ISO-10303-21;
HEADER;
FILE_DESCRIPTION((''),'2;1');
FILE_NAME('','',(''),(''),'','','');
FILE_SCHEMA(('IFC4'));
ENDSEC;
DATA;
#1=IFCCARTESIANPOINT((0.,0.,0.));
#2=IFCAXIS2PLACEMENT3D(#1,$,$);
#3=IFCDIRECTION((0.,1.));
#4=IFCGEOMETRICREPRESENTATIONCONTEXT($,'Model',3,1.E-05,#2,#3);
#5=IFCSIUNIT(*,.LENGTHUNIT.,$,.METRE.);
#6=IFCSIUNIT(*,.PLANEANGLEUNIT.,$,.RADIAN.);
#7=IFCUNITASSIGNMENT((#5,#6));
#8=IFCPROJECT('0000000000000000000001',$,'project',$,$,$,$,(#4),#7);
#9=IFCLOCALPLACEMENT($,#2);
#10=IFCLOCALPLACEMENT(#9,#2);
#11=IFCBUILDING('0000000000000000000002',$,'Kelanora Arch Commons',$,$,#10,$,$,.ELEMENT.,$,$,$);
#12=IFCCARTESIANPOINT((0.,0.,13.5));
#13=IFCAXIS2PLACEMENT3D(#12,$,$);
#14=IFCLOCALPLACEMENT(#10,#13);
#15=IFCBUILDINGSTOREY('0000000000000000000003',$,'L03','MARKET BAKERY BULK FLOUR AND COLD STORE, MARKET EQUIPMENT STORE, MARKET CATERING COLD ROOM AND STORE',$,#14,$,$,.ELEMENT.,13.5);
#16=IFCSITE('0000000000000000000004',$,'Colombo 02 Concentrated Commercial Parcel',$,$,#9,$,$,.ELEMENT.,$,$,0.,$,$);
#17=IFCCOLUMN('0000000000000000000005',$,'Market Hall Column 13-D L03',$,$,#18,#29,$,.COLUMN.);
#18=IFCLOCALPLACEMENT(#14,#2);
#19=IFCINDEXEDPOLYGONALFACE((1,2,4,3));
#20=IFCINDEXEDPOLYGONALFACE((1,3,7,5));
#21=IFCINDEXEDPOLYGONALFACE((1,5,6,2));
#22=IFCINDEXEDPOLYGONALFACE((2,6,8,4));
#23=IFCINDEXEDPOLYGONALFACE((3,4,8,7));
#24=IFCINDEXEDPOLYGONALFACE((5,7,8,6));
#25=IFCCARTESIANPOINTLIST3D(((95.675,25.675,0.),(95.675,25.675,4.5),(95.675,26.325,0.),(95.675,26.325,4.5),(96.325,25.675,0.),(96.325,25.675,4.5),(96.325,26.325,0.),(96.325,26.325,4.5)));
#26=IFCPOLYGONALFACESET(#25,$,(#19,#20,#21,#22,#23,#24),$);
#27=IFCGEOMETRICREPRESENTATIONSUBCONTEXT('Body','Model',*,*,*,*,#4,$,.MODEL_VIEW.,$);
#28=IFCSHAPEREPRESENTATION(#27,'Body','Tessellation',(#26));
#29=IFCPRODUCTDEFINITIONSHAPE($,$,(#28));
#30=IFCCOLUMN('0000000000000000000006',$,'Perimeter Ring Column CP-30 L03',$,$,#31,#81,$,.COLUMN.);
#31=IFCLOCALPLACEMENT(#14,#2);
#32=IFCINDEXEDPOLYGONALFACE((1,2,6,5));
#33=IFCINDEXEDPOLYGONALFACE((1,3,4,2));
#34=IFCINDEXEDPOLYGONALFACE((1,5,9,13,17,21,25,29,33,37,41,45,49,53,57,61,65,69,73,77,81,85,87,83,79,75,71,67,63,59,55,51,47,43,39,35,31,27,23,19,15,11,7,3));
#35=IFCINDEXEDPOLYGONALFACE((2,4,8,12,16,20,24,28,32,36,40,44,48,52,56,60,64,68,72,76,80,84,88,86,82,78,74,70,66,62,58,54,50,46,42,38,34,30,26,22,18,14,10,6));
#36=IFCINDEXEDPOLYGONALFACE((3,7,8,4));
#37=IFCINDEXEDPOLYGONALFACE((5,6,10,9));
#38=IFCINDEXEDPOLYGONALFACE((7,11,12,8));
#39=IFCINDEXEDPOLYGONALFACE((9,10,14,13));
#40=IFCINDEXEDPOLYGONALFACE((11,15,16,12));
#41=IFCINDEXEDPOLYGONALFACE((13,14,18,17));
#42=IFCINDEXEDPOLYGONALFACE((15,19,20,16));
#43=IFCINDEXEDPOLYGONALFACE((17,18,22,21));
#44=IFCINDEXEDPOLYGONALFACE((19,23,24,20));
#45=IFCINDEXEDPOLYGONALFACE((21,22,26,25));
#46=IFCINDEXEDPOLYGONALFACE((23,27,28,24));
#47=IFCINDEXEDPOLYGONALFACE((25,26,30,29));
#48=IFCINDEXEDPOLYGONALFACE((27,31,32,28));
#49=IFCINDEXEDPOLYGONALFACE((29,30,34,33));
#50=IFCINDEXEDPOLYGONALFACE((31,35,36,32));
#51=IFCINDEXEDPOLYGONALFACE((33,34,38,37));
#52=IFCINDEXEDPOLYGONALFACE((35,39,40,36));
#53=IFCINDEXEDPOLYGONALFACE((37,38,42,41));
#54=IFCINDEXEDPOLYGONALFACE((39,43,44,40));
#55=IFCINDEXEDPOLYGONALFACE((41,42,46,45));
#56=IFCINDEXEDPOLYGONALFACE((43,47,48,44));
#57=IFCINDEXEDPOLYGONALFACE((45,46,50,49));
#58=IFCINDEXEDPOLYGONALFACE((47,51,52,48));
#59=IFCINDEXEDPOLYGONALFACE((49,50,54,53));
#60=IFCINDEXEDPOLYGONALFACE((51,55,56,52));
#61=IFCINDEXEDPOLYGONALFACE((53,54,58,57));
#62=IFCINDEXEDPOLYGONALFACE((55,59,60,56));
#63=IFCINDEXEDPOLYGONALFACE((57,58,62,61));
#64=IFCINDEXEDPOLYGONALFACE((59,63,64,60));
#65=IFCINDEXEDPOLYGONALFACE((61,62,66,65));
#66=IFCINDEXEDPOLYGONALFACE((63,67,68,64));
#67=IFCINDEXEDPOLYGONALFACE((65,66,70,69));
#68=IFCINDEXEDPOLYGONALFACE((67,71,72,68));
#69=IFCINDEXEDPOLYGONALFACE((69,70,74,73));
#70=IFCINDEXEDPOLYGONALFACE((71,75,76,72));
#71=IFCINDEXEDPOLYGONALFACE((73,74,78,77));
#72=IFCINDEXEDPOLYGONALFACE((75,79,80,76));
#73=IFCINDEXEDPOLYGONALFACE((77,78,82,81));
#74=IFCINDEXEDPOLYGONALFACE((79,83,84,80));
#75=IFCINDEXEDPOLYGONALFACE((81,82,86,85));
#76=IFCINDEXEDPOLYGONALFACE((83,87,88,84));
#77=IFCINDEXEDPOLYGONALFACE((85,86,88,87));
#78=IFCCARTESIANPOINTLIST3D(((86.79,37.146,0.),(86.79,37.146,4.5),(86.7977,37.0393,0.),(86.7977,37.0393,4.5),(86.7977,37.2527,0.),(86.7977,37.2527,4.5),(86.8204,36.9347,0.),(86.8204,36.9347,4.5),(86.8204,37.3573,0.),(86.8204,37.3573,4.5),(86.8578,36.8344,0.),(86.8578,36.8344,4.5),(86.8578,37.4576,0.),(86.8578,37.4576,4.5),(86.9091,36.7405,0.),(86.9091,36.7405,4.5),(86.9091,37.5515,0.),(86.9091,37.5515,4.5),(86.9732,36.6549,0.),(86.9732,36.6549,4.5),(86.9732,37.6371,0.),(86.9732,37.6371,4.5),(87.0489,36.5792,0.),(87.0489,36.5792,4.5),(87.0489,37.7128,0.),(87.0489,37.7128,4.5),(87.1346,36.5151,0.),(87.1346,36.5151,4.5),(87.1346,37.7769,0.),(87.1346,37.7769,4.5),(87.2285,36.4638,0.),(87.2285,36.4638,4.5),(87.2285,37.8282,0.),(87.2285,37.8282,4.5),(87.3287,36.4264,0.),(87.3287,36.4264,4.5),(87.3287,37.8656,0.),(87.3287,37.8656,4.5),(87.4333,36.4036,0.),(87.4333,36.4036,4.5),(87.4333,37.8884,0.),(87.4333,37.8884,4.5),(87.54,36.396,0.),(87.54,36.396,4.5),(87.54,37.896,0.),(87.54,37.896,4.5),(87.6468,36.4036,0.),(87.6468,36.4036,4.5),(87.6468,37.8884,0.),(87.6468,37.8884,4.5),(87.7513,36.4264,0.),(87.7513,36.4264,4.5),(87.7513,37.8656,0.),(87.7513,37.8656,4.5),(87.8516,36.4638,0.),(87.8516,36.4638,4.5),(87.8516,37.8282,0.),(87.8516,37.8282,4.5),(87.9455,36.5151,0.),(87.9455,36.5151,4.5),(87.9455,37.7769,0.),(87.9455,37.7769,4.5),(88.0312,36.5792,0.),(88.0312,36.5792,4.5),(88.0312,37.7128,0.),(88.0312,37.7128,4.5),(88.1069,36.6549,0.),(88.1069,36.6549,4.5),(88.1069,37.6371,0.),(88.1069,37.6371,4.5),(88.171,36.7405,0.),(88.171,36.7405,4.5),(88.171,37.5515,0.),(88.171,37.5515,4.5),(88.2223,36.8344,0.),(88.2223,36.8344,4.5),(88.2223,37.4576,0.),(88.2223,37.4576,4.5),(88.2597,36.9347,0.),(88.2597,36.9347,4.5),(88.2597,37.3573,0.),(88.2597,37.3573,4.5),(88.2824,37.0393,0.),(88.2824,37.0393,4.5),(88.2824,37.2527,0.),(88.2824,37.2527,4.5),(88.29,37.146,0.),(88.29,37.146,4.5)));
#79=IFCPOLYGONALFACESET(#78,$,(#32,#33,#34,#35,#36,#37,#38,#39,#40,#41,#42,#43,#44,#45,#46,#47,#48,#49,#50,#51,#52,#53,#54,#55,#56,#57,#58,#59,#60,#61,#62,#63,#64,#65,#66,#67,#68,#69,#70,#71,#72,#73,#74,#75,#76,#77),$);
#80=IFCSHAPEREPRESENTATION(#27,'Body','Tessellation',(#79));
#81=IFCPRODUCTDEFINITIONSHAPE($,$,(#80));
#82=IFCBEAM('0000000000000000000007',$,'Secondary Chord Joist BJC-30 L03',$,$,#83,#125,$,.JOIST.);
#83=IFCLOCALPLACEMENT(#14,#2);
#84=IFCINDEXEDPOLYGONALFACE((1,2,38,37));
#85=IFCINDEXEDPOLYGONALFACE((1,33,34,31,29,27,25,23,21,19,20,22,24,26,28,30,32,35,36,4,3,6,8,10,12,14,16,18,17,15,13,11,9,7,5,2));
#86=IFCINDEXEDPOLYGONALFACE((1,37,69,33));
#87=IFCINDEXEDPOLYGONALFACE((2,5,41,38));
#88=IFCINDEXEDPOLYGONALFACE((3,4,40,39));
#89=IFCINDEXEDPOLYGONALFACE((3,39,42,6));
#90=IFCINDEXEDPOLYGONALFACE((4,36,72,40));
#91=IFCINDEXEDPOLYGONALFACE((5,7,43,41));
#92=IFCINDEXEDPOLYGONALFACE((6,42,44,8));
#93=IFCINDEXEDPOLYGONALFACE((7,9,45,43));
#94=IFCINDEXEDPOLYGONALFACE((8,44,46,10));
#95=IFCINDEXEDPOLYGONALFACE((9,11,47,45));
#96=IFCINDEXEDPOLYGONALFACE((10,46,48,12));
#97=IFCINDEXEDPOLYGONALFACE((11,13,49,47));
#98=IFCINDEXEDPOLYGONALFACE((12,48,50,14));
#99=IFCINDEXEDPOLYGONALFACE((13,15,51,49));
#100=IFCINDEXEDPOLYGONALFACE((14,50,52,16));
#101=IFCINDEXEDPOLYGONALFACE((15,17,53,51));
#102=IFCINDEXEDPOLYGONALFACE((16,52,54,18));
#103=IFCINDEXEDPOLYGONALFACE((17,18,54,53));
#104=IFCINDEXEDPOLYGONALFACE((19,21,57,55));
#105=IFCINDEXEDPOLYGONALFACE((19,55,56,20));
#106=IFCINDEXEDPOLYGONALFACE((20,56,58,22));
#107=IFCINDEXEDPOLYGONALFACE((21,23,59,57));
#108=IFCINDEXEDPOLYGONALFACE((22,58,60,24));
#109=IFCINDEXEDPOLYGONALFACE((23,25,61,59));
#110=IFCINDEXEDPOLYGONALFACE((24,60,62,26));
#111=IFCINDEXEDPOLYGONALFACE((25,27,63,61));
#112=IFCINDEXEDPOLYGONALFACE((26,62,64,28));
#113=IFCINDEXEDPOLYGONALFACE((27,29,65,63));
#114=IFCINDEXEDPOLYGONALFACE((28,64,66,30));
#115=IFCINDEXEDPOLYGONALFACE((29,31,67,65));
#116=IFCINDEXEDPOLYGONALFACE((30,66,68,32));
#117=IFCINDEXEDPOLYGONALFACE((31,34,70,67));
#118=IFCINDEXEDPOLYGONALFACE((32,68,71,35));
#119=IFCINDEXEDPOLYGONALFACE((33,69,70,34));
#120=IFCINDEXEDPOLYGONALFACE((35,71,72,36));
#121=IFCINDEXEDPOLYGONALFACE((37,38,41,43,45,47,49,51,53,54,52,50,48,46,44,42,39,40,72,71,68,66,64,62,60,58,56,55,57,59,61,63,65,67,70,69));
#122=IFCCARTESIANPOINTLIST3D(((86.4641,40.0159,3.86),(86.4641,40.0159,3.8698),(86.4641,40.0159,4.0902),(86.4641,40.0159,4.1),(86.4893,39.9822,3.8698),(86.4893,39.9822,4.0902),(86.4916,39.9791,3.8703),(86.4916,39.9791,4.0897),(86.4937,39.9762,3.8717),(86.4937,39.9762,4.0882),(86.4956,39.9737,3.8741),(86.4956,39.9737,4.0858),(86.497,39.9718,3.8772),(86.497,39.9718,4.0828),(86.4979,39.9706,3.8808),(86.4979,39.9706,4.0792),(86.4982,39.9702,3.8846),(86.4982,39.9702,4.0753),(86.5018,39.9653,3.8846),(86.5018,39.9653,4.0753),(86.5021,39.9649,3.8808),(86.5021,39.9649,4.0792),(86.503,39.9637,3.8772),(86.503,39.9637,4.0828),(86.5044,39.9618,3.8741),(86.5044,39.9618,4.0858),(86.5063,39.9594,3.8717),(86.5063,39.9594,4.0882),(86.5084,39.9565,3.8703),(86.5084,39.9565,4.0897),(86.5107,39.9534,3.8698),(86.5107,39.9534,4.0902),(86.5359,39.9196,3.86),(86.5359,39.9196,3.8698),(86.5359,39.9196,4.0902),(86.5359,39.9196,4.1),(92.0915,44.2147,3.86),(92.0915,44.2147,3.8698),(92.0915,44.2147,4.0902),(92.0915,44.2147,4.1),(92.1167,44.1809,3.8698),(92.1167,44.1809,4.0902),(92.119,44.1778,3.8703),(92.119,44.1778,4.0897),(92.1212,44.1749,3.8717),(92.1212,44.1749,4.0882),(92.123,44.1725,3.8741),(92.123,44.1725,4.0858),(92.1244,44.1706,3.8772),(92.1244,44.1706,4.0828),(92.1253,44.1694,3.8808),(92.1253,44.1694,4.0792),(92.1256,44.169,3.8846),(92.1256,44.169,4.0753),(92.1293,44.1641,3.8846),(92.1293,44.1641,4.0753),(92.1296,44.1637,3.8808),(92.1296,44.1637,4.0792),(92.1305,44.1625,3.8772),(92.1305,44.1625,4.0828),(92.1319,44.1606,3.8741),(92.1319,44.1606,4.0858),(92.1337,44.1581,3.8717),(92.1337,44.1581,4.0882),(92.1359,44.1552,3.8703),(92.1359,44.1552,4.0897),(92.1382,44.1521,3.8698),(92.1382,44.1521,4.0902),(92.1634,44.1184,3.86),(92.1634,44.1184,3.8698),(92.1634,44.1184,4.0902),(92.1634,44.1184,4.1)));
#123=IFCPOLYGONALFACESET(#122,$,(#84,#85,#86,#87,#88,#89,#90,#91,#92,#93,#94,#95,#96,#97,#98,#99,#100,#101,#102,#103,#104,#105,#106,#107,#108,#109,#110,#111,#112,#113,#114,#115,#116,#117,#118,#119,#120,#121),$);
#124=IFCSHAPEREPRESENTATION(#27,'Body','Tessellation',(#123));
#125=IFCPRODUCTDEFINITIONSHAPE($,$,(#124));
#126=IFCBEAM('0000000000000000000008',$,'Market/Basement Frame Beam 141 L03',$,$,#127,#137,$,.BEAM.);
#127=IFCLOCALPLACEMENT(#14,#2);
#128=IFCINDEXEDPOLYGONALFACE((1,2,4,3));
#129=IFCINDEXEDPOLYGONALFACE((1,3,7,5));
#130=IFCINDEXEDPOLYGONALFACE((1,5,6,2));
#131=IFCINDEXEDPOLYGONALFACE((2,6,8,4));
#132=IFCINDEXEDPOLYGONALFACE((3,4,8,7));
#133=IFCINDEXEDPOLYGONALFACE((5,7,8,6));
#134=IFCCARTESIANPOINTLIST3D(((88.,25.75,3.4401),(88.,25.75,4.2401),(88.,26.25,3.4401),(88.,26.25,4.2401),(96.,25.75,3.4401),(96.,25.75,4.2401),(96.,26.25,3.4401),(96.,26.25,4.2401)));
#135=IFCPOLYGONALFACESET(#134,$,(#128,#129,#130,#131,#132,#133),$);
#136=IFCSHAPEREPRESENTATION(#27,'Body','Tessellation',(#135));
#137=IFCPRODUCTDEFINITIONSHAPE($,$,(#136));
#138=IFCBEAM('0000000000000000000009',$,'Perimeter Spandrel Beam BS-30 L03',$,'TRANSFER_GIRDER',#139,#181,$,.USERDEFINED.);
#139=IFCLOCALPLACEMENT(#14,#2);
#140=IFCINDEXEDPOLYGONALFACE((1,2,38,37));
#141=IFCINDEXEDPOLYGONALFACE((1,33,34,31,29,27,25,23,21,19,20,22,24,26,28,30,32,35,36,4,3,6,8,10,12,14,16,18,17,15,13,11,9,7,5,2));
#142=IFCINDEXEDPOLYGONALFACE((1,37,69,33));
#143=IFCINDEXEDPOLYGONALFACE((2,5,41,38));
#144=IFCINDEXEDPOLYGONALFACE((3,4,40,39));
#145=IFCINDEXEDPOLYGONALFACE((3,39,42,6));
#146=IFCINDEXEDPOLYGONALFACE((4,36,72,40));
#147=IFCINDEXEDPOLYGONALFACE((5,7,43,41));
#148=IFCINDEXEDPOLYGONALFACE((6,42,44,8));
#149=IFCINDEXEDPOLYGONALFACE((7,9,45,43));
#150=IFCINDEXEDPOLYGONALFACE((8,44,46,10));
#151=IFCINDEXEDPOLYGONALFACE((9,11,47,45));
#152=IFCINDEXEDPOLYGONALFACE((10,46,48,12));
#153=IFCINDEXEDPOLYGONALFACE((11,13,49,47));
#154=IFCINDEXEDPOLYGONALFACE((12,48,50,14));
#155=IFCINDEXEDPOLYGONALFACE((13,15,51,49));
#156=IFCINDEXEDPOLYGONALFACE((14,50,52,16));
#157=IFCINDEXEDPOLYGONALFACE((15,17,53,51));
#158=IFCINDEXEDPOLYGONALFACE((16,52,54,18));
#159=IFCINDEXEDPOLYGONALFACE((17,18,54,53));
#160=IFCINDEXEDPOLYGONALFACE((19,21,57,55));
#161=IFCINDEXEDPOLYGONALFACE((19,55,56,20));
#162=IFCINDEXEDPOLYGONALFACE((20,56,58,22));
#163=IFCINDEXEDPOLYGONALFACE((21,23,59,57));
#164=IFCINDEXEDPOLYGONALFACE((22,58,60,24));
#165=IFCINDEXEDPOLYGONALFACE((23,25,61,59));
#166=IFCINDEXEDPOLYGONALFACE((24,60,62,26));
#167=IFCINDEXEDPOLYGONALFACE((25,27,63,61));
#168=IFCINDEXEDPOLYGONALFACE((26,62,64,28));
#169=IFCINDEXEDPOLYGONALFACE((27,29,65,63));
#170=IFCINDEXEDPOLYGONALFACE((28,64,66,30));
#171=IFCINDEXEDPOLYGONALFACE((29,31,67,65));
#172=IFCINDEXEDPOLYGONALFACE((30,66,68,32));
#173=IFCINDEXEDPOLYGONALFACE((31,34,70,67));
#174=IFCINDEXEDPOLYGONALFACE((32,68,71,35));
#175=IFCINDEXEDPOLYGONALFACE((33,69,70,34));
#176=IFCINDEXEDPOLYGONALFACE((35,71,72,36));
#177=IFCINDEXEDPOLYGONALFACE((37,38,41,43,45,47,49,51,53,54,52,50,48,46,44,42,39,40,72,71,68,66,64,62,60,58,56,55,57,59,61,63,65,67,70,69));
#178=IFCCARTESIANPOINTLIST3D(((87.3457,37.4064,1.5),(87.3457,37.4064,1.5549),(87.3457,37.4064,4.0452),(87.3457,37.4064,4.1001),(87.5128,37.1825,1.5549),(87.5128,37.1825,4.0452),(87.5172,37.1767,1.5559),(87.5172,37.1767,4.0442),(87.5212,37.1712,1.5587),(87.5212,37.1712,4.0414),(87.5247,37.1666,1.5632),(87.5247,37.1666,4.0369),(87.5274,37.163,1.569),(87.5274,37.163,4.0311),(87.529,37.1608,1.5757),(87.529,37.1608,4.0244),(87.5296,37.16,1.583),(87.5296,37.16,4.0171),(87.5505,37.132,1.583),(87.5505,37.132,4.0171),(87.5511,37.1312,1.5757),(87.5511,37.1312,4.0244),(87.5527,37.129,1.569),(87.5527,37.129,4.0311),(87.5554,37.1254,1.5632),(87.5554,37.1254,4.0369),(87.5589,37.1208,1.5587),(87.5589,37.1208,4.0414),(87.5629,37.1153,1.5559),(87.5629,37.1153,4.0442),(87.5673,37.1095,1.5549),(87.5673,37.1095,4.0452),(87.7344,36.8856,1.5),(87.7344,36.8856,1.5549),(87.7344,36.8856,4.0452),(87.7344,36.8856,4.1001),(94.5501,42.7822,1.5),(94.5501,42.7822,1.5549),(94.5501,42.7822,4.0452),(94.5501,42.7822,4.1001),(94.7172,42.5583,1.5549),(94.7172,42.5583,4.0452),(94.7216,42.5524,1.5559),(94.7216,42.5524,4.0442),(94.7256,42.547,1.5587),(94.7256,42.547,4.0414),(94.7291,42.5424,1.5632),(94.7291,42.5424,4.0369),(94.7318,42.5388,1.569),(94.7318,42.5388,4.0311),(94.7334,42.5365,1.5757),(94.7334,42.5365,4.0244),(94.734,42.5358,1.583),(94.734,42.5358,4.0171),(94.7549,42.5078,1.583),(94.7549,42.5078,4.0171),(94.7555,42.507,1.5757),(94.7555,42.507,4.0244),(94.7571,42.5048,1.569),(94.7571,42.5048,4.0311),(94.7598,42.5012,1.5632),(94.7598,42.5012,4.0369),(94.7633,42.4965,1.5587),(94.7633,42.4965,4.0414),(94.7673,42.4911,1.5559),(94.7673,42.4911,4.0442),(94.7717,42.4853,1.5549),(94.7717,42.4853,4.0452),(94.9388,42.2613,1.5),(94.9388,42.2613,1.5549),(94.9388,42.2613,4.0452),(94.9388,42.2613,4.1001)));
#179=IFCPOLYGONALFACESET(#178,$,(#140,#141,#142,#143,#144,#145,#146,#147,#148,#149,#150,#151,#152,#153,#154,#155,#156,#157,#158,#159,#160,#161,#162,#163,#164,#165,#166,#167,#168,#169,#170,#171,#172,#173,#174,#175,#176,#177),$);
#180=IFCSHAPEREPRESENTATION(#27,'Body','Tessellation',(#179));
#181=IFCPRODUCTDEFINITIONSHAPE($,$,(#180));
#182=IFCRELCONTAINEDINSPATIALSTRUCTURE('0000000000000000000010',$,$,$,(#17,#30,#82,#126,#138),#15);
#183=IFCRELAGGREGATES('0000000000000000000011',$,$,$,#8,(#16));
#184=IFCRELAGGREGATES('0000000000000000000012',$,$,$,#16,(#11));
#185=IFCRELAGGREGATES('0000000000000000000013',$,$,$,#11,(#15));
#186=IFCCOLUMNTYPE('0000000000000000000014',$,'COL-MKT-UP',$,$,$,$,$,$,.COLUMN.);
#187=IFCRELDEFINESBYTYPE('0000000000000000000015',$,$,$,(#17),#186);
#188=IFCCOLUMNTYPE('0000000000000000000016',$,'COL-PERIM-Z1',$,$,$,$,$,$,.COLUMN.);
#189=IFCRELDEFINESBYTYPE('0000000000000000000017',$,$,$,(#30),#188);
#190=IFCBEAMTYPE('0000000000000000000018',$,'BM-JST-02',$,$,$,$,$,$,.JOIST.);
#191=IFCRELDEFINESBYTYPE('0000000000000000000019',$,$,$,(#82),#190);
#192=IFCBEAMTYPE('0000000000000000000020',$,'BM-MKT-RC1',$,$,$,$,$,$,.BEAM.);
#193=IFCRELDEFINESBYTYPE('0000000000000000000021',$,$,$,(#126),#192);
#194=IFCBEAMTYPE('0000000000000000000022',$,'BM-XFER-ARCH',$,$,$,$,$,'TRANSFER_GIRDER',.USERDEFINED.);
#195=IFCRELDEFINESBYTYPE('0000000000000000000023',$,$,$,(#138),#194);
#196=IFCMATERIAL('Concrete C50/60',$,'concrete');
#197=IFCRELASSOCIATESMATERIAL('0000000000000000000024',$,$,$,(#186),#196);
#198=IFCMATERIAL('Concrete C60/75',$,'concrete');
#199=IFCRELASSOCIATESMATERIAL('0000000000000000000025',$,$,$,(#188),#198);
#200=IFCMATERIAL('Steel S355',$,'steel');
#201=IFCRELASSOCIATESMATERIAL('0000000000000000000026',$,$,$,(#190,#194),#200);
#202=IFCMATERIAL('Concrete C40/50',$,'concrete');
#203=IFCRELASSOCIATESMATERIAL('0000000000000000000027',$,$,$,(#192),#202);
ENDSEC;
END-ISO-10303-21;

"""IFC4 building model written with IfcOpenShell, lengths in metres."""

from ifc_helpers import new_model, si_unit, direction, frame, origin, origin_2d, place, context, subcontext, project, spatial, rectangle, circle, i_section, extrude, material, material_profile, profile_set, type_object, element, save


model = new_model("IFC4")

# Units and contexts
model_context = context("Model", 3, precision=1e-05, world=origin(), true_north=direction((0.0, 1.0)))
body_context = subcontext(model_context, "Body", "Model", "MODEL_VIEW")
ifc_project = project(units=[si_unit("LENGTHUNIT", "METRE"), si_unit("PLANEANGLEUNIT", "RADIAN")], contexts=[model_context])

# Site, building, storey
site_placement = place(None, origin())
site = spatial("IfcSite", under=ifc_project, at=site_placement, Name="Colombo 02 Concentrated Commercial Parcel", CompositionType="ELEMENT", RefElevation=0.0)
building_placement = place(site_placement, origin())
building = spatial("IfcBuilding", under=site, at=building_placement, Name="Kelanora Arch Commons", CompositionType="ELEMENT")
storey_placement = place(building_placement, frame((0.0, 0.0, 13.5)))
storey = spatial("IfcBuildingStorey", under=building, at=storey_placement, Name="L03", Description="MARKET BAKERY BULK FLOUR AND COLD STORE, MARKET EQUIPMENT STORE, MARKET CATERING COLD ROOM AND STORE", CompositionType="ELEMENT", Elevation=13.5)

# Columns
ifc_material_1 = material(Name="Concrete C50/60", Category="concrete")
ifc_material_profile_1 = material_profile(ifc_material_1, rectangle(XDim=0.6499, YDim=0.6499, at=origin_2d()), Name="RC650x650")
ifc_profile_set_1 = profile_set([ifc_material_profile_1], Name="Concrete C50/60")
column_type_1 = type_object("IfcColumnType", Name="COL-MKT-UP", PredefinedType="COLUMN", material=ifc_profile_set_1)
column_1_placement = place(storey_placement, frame((96.0, 26.0, 0.0), z_axis=(0.0, 0.0, 1.0), x_axis=(1.0, 0.0, 0.0)))
element("IfcColumn", 1, at=column_1_placement, inside=storey, type_object=column_type_1, Name="Market Hall Column 13-D L03", PredefinedType="COLUMN", context=body_context, shape_type="SweptSolid", body=[
    extrude(rectangle(XDim=0.6499, YDim=0.6499, at=origin_2d()), origin(), (0.0, 0.0, 1.0), 4.5),
])
ifc_material_2 = material(Name="Concrete C60/75", Category="concrete")
ifc_material_profile_2 = material_profile(ifc_material_2, circle(Radius=0.75, at=origin_2d()), Name="RCC1500")
ifc_profile_set_2 = profile_set([ifc_material_profile_2], Name="Concrete C60/75")
column_type_2 = type_object("IfcColumnType", Name="COL-PERIM-Z1", PredefinedType="COLUMN", material=ifc_profile_set_2)
column_2_placement = place(storey_placement, frame((87.54, 37.146, 0.0), z_axis=(0.0, 0.0, 1.0), x_axis=(1.0, 0.0, 0.0)))
element("IfcColumn", 2, at=column_2_placement, inside=storey, type_object=column_type_2, Name="Perimeter Ring Column CP-30 L03", PredefinedType="COLUMN", context=body_context, shape_type="SweptSolid", body=[
    extrude(circle(Radius=0.75, at=origin_2d()), origin(), (0.0, 0.0, 1.0), 4.5),
])

# Beams
ifc_material_3 = material(Name="Steel S355", Category="steel")
ifc_material_profile_3 = material_profile(ifc_material_3, i_section(OverallWidth=0.1201, OverallDepth=0.24, WebThickness=0.0061, FlangeThickness=0.0098, FilletRadius=0.0149, at=origin_2d()), Name="IPE240")
ifc_profile_set_3 = profile_set([ifc_material_profile_3], Name="Steel S355")
beam_type_1 = type_object("IfcBeamType", Name="BM-JST-02", PredefinedType="JOIST", material=ifc_profile_set_3)
beam_1_placement = place(storey_placement, frame((86.5, 39.9678, 3.98), z_axis=(0.801491, 0.598006, 0.0), x_axis=(-0.598006, 0.801491, 0.0)))
element("IfcBeam", 3, at=beam_1_placement, inside=storey, type_object=beam_type_1, Name="Secondary Chord Joist BJC-30 L03", PredefinedType="JOIST", context=body_context, shape_type="SweptSolid", body=[
    extrude(i_section(OverallWidth=0.1201, OverallDepth=0.24, WebThickness=0.0061, FlangeThickness=0.0098, FilletRadius=0.0149, at=origin_2d()), origin(), (0.0, 0.0, 1.0), 7.0212),
])
ifc_material_4 = material(Name="Concrete C40/50", Category="concrete")
ifc_material_profile_4 = material_profile(ifc_material_4, rectangle(XDim=0.5, YDim=0.8, at=origin_2d()), Name="RCB500x800")
ifc_profile_set_4 = profile_set([ifc_material_profile_4], Name="Concrete C40/50")
beam_type_2 = type_object("IfcBeamType", Name="BM-MKT-RC1", PredefinedType="BEAM", material=ifc_profile_set_4)
beam_2_placement = place(storey_placement, frame((88.0, 26.0, 3.8401), z_axis=(1.0, 0.0, 0.0), x_axis=(0.0, 1.0, 0.0)))
element("IfcBeam", 4, at=beam_2_placement, inside=storey, type_object=beam_type_2, Name="Market/Basement Frame Beam 141 L03", PredefinedType="BEAM", context=body_context, shape_type="SweptSolid", body=[
    extrude(rectangle(XDim=0.5, YDim=0.8, at=origin_2d()), origin(), (0.0, 0.0, 1.0), 8.0),
])
ifc_material_profile_5 = material_profile(ifc_material_3, i_section(OverallWidth=0.6499, OverallDepth=2.6001, WebThickness=0.0349, FlangeThickness=0.0549, FilletRadius=0.0281, at=origin_2d()), Name="PG2600x650")
ifc_profile_set_5 = profile_set([ifc_material_profile_5], Name="Steel S355")
beam_type_3 = type_object("IfcBeamType", Name="BM-XFER-ARCH", ElementType="TRANSFER_GIRDER", PredefinedType="USERDEFINED", material=ifc_profile_set_5)
beam_3_placement = place(storey_placement, frame((87.54, 37.146, 2.8), z_axis=(0.801468, 0.598038, 0.0), x_axis=(-0.598038, 0.801468, 0.0)))
element("IfcBeam", 5, at=beam_3_placement, inside=storey, type_object=beam_type_3, Name="Perimeter Spandrel Beam BS-30 L03", ObjectType="TRANSFER_GIRDER", PredefinedType="USERDEFINED", context=body_context, shape_type="SweptSolid", body=[
    extrude(i_section(OverallWidth=0.6499, OverallDepth=2.6001, WebThickness=0.0349, FlangeThickness=0.0549, FilletRadius=0.0281, at=origin_2d()), origin(), (0.0, 0.0, 1.0), 8.989),
])

save(model, "model.ifc")
